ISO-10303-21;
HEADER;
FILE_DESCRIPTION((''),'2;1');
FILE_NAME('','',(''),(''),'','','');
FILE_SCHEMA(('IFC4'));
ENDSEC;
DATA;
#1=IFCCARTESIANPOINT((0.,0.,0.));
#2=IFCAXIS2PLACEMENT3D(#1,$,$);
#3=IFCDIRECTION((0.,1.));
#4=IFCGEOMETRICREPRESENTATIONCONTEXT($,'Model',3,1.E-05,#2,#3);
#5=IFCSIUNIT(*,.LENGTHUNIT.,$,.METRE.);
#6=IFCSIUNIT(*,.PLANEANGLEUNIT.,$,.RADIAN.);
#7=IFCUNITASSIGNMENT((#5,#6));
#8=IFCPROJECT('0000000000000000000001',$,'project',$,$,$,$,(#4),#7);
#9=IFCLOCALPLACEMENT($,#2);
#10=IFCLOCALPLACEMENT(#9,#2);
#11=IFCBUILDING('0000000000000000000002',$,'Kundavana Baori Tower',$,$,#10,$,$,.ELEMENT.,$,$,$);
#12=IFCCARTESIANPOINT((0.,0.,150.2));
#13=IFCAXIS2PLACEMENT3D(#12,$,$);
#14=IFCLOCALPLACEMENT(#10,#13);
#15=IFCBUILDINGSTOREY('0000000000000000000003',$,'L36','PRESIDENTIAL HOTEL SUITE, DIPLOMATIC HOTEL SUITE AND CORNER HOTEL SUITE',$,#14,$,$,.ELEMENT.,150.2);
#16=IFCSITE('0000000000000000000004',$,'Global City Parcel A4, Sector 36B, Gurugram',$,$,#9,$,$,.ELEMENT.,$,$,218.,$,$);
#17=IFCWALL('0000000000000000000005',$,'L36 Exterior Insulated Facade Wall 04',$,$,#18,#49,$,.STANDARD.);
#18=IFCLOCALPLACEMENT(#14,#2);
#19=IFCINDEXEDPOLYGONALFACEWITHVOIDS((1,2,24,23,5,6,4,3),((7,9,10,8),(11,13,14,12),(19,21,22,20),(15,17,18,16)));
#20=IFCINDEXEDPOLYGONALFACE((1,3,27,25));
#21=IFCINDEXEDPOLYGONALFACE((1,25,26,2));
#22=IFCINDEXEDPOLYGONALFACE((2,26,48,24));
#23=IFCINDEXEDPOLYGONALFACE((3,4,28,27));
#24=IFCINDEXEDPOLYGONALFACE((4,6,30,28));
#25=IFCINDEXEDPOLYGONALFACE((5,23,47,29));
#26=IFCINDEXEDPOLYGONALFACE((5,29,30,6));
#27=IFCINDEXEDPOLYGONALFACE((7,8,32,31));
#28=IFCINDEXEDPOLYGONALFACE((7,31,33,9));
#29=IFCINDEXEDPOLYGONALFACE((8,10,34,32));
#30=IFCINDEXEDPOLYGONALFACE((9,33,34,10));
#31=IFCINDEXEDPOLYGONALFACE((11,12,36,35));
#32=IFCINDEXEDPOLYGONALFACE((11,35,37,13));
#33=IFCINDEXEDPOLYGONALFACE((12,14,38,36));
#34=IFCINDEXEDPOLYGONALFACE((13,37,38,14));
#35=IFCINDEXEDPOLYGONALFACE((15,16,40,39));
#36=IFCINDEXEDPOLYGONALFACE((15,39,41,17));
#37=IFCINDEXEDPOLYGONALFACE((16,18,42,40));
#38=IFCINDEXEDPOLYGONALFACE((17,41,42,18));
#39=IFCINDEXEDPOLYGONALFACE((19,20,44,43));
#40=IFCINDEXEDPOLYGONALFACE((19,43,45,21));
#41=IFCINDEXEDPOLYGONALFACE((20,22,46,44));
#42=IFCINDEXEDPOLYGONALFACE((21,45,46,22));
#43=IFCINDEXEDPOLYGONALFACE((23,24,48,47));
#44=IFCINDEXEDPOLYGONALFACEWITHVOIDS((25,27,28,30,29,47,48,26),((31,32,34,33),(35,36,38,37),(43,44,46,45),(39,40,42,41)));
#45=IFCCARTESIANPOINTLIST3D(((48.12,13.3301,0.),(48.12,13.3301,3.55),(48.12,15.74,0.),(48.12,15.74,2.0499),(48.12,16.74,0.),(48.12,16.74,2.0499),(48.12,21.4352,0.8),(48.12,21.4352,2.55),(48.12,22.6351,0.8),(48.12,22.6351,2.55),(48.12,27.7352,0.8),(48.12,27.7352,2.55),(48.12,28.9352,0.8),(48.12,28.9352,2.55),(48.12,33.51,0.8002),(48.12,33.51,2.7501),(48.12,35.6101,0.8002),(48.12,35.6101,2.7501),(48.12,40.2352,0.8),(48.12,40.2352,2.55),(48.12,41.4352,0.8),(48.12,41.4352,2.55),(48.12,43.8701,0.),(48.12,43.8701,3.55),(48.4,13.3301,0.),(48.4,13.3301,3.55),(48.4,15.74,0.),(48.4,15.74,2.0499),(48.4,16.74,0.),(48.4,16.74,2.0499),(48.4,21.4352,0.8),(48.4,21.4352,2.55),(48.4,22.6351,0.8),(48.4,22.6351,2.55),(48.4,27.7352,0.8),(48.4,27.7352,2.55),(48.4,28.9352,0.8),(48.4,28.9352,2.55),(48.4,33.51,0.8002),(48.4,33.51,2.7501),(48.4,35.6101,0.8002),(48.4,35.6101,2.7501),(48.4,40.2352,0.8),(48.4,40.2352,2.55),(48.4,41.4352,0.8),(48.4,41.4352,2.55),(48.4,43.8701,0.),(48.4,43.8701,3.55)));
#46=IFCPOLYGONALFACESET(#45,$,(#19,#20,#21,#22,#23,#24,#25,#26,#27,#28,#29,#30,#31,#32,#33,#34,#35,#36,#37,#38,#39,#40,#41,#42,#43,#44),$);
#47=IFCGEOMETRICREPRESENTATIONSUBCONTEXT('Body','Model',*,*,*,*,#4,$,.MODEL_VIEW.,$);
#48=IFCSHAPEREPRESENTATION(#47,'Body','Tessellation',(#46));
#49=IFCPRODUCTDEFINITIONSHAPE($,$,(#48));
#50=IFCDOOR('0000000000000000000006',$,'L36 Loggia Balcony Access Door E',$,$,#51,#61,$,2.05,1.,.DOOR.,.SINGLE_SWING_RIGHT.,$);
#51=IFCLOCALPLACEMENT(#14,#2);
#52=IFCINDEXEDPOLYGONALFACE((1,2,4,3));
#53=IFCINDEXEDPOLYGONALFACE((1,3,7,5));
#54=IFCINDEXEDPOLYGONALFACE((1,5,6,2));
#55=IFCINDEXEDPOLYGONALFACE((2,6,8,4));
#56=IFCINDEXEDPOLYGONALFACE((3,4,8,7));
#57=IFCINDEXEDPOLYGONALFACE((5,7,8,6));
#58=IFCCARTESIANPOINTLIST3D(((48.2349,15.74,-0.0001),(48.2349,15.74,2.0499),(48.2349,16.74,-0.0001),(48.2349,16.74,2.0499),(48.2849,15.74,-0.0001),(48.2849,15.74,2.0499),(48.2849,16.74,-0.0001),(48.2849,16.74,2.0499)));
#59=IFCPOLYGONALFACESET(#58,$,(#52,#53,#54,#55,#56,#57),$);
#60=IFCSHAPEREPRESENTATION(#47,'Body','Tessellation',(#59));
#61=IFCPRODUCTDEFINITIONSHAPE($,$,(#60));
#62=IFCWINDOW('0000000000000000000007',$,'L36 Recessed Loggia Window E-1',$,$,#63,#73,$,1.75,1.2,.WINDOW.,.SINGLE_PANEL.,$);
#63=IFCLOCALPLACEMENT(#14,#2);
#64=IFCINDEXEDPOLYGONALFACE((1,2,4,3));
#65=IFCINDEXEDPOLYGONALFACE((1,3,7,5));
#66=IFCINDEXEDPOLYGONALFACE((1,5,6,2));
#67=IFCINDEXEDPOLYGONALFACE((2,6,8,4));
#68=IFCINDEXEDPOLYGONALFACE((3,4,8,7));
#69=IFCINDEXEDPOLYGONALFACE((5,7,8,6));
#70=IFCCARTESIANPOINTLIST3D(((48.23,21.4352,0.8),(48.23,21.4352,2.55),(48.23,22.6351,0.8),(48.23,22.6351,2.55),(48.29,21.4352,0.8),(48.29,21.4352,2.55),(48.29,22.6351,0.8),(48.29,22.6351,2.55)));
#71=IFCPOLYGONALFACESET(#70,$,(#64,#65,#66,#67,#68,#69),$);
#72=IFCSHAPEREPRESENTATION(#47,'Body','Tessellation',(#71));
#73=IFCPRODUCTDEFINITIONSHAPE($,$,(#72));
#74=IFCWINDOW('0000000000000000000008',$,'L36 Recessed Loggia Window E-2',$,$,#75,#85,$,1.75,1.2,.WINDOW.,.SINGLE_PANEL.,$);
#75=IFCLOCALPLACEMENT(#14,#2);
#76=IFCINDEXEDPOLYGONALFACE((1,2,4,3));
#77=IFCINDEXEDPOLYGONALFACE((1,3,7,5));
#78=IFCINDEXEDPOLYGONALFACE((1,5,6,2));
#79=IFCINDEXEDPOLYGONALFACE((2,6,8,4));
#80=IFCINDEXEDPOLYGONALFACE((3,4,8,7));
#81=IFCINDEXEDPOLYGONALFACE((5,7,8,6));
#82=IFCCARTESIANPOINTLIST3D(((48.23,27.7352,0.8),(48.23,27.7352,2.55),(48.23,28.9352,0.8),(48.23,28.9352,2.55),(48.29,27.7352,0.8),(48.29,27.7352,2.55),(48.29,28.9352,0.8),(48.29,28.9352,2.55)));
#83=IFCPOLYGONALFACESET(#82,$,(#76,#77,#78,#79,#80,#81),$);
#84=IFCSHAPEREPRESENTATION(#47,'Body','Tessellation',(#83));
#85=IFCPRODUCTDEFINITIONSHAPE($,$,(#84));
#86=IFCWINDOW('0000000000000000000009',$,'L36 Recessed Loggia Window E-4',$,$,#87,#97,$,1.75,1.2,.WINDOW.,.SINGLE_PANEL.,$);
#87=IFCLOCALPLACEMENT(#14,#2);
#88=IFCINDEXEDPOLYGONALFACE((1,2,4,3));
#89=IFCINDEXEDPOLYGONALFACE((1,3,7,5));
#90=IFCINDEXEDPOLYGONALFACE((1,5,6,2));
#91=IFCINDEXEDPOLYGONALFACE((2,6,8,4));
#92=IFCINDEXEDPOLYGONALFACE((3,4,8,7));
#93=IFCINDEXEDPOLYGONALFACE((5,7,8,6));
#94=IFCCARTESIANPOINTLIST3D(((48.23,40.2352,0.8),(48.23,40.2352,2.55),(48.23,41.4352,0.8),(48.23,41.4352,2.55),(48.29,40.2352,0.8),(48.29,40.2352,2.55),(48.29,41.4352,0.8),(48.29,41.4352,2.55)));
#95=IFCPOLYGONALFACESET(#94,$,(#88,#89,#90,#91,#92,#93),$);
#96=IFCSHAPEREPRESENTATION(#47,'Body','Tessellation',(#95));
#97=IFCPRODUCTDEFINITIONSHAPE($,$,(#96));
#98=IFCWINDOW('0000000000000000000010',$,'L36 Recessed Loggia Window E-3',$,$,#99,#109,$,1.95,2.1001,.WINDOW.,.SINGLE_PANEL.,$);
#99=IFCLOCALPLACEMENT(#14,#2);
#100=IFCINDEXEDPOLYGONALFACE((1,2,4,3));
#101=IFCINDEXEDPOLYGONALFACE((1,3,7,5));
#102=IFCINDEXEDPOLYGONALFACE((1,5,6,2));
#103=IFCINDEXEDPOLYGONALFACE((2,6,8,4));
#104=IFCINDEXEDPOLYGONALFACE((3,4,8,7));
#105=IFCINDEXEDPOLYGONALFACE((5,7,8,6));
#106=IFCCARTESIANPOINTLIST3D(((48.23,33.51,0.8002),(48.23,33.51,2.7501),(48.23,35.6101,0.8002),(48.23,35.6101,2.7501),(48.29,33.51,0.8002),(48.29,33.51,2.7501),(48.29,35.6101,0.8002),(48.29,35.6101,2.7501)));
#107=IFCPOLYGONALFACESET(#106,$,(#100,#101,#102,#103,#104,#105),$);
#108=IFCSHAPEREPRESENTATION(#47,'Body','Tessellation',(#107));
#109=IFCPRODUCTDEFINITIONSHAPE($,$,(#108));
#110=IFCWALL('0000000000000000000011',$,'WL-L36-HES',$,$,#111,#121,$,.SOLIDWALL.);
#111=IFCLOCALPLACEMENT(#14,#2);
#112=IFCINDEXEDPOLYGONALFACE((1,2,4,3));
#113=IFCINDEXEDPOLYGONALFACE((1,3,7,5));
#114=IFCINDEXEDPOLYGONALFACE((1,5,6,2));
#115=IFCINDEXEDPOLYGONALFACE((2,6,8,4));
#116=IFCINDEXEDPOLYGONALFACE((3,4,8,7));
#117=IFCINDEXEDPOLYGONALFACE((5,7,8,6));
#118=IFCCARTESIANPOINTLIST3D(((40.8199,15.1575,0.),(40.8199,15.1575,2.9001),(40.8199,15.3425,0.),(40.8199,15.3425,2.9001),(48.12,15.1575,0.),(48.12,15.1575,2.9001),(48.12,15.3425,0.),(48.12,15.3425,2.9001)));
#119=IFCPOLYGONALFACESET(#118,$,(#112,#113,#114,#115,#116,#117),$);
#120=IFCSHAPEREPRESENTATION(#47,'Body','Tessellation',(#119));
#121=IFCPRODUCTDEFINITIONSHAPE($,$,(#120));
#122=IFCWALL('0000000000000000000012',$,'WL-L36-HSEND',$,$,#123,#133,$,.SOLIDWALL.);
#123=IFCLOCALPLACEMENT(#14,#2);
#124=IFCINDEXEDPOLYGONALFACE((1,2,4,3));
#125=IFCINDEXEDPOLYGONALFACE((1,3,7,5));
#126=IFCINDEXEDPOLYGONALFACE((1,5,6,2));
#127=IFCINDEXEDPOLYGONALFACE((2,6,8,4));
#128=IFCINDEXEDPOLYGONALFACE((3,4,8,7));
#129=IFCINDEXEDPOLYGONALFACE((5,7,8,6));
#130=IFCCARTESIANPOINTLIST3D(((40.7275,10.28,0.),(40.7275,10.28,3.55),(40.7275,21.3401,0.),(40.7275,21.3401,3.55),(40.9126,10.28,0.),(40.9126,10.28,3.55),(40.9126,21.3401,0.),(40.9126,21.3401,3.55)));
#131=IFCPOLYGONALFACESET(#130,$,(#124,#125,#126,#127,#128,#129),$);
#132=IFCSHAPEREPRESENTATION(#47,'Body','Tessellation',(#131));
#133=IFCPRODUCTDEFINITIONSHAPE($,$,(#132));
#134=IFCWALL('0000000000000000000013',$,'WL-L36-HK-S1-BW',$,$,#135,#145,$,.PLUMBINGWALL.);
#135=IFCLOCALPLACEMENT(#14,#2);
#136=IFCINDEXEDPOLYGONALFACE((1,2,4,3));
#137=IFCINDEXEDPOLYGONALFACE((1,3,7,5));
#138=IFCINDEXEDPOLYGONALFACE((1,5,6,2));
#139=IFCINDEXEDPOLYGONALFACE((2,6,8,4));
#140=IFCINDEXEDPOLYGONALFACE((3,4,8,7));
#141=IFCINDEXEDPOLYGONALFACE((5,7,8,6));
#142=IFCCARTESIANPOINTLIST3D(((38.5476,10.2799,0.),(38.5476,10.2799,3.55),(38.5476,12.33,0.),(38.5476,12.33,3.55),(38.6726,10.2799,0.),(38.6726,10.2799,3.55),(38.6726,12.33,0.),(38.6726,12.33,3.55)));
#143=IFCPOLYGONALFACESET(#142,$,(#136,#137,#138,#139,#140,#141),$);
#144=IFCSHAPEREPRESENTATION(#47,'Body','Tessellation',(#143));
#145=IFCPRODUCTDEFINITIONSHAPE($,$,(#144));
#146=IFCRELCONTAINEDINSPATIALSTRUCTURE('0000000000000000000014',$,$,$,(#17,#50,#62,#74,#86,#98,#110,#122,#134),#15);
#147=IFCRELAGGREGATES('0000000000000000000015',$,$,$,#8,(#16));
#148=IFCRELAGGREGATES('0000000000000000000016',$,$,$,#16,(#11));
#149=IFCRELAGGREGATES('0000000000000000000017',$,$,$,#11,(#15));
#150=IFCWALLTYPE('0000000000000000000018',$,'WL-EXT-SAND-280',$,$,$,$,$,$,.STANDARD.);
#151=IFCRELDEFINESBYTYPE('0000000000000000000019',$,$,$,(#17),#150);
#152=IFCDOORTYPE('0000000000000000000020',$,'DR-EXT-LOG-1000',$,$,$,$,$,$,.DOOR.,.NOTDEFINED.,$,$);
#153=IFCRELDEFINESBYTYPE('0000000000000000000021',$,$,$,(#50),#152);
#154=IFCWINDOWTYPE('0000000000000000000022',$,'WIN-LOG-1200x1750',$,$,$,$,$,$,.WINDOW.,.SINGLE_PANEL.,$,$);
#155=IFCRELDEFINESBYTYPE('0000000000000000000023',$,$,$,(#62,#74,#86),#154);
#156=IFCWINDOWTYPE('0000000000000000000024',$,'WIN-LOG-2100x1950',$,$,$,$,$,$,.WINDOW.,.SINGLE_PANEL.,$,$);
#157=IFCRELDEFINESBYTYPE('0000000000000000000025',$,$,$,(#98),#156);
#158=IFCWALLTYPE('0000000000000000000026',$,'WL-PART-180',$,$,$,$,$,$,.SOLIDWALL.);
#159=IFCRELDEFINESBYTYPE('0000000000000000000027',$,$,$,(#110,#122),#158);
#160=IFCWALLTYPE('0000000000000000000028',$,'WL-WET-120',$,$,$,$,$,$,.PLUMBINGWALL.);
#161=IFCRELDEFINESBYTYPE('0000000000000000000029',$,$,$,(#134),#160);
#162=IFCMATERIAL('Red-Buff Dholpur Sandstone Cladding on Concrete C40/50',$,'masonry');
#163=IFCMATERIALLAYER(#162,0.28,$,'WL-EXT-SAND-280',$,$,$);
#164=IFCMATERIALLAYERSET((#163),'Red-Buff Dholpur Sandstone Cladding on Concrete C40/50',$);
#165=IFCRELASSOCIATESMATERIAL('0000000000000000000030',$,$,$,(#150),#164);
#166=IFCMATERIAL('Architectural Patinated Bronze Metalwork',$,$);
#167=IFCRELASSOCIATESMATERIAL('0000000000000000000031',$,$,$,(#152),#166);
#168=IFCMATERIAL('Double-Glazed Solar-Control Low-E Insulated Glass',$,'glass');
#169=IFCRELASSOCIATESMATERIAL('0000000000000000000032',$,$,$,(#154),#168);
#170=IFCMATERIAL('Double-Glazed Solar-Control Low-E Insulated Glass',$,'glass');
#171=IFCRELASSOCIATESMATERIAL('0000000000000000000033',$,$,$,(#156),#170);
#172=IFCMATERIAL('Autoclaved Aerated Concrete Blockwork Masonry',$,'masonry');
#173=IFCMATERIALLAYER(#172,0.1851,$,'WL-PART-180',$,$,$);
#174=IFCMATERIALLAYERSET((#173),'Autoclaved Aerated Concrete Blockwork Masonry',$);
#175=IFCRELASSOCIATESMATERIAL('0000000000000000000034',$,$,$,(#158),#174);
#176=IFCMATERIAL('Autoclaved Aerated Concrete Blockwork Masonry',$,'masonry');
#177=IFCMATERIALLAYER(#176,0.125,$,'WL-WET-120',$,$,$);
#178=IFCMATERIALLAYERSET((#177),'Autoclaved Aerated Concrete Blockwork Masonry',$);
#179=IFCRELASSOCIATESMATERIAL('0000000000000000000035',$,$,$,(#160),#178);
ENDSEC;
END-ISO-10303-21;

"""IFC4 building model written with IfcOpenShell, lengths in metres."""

from ifc_helpers import new_model, si_unit, direction, frame, frame_2d, origin, place, context, subcontext, project, spatial, rectangle, extrude, material, layer, layer_set, type_object, element, fill, save


model = new_model("IFC4")

# Units and contexts
model_context = context("Model", 3, precision=1e-05, world=origin(), true_north=direction((0.0, 1.0)))
body_context = subcontext(model_context, "Body", "Model", "MODEL_VIEW")
ifc_project = project(units=[si_unit("LENGTHUNIT", "METRE"), si_unit("PLANEANGLEUNIT", "RADIAN")], contexts=[model_context])

# Site, building, storey
site_placement = place(None, origin())
site = spatial("IfcSite", under=ifc_project, at=site_placement, Name="Global City Parcel A4, Sector 36B, Gurugram", CompositionType="ELEMENT", RefElevation=218.0)
building_placement = place(site_placement, origin())
building = spatial("IfcBuilding", under=site, at=building_placement, Name="Kundavana Baori Tower", CompositionType="ELEMENT")
storey_placement = place(building_placement, frame((0.0, 0.0, 150.2)))
storey = spatial("IfcBuildingStorey", under=building, at=storey_placement, Name="L36", Description="PRESIDENTIAL HOTEL SUITE, DIPLOMATIC HOTEL SUITE AND CORNER HOTEL SUITE", CompositionType="ELEMENT", Elevation=150.2)

# Shared definitions
ifc_material_1 = material(Name="Red-Buff Dholpur Sandstone Cladding on Concrete C40/50", Category="masonry")
ifc_layer_1 = layer(ifc_material_1, 0.28, Name="WL-EXT-SAND-280")
ifc_layer_set_1 = layer_set([ifc_layer_1], Name="Red-Buff Dholpur Sandstone Cladding on Concrete C40/50")
wall_type_1 = type_object("IfcWallType", Name="WL-EXT-SAND-280", PredefinedType="STANDARD", material=ifc_layer_set_1)

# Wall, openings, door, windows
wall_1_placement = place(storey_placement, frame((48.26, 13.3301, 0.0), z_axis=(0.0, 0.0, 1.0), x_axis=(0.0, 1.0, 0.0)))
wall_1 = element("IfcWall", 1, at=wall_1_placement, inside=storey, type_object=wall_type_1, Name="L36 Exterior Insulated Facade Wall 04", PredefinedType="STANDARD", context=body_context, shape_type="SweptSolid", body=[
    extrude(rectangle(XDim=30.54, YDim=0.28, at=frame_2d((15.27, 0.0))), origin(), (0.0, 0.0, 1.0), 3.55),
])
opening_1_placement = place(wall_1_placement, frame((2.4099, 0.0, 0.0)))
opening_1 = element("IfcOpeningElement", 2, at=opening_1_placement, cuts=wall_1, PredefinedType="OPENING", context=body_context, shape_type="SweptSolid", body=[
    extrude(rectangle(XDim=1.0, YDim=2.05, at=frame_2d((0.5, 1.0249))), frame((0.0, 0.1499, 0.0), z_axis=(0.0, -1.0, 0.0), x_axis=(1.0, 0.0, 0.0)), (0.0, 0.0, 1.0), 0.3),
])
opening_2_placement = place(wall_1_placement, frame((8.105, 0.0, 0.8)))
opening_2 = element("IfcOpeningElement", 3, at=opening_2_placement, cuts=wall_1, PredefinedType="OPENING", context=body_context, shape_type="SweptSolid", body=[
    extrude(rectangle(XDim=1.2, YDim=1.75, at=frame_2d((0.6001, 0.875))), frame((0.0, 0.1499, 0.0), z_axis=(0.0, -1.0, 0.0), x_axis=(1.0, 0.0, 0.0)), (0.0, 0.0, 1.0), 0.3),
])
opening_3_placement = place(wall_1_placement, frame((14.405, 0.0, 0.8)))
opening_3 = element("IfcOpeningElement", 4, at=opening_3_placement, cuts=wall_1, PredefinedType="OPENING", context=body_context, shape_type="SweptSolid", body=[
    extrude(rectangle(XDim=1.2, YDim=1.75, at=frame_2d((0.6001, 0.875))), frame((0.0, 0.1499, 0.0), z_axis=(0.0, -1.0, 0.0), x_axis=(1.0, 0.0, 0.0)), (0.0, 0.0, 1.0), 0.3),
])
opening_4_placement = place(wall_1_placement, frame((20.1799, 0.0, 0.8)))
opening_4 = element("IfcOpeningElement", 5, at=opening_4_placement, cuts=wall_1, PredefinedType="OPENING", context=body_context, shape_type="SweptSolid", body=[
    extrude(rectangle(XDim=2.1001, YDim=1.95, at=frame_2d((1.05, 0.9751))), frame((0.0, 0.1499, 0.0), z_axis=(0.0, -1.0, 0.0), x_axis=(1.0, 0.0, 0.0)), (0.0, 0.0, 1.0), 0.3),
])
opening_5_placement = place(wall_1_placement, frame((26.905, 0.0, 0.8)))
opening_5 = element("IfcOpeningElement", 6, at=opening_5_placement, cuts=wall_1, PredefinedType="OPENING", context=body_context, shape_type="SweptSolid", body=[
    extrude(rectangle(XDim=1.2, YDim=1.75, at=frame_2d((0.6001, 0.875))), frame((0.0, 0.1499, 0.0), z_axis=(0.0, -1.0, 0.0), x_axis=(1.0, 0.0, 0.0)), (0.0, 0.0, 1.0), 0.3),
])
ifc_material_2 = material(Name="Architectural Patinated Bronze Metalwork")
door_type_1 = type_object("IfcDoorType", Name="DR-EXT-LOG-1000", OperationType="NOTDEFINED", PredefinedType="DOOR", material=ifc_material_2)
door_1_placement = place(opening_1_placement, frame((1.0, 0.0, 0.0), z_axis=(0.0, 0.0, 1.0), x_axis=(-1.0, 0.0, 0.0)))
door_1 = element("IfcDoor", 7, at=door_1_placement, inside=storey, type_object=door_type_1, Name="L36 Loggia Balcony Access Door E", OperationType="SINGLE_SWING_RIGHT", OverallHeight=2.05, OverallWidth=1.0, PredefinedType="DOOR", context=body_context, shape_type="SweptSolid", body=[
    extrude(rectangle(XDim=1.0, YDim=2.05, at=frame_2d((0.5, 1.0249))), frame((0.0, 0.0249, 0.0), z_axis=(0.0, -1.0, 0.0), x_axis=(1.0, 0.0, 0.0)), (0.0, 0.0, 1.0), 0.05),
])
fill(opening_1, door_1)
ifc_material_3 = material(Name="Double-Glazed Solar-Control Low-E Insulated Glass", Category="glass")
window_type_1 = type_object("IfcWindowType", Name="WIN-LOG-1200x1750", PartitioningType="SINGLE_PANEL", PredefinedType="WINDOW", material=ifc_material_3)
window_1_placement = place(opening_2_placement, origin())
window_1 = element("IfcWindow", 8, at=window_1_placement, inside=storey, type_object=window_type_1, Name="L36 Recessed Loggia Window E-1", OverallHeight=1.75, OverallWidth=1.2, PartitioningType="SINGLE_PANEL", PredefinedType="WINDOW", context=body_context, shape_type="SweptSolid", body=[
    extrude(rectangle(XDim=1.2, YDim=1.75, at=frame_2d((0.6001, 0.875))), frame((0.0, 0.03, 0.0), z_axis=(0.0, -1.0, 0.0), x_axis=(1.0, 0.0, 0.0)), (0.0, 0.0, 1.0), 0.0601),
])
fill(opening_2, window_1)
window_2_placement = place(opening_3_placement, origin())
window_2 = element("IfcWindow", 9, at=window_2_placement, inside=storey, type_object=window_type_1, Name="L36 Recessed Loggia Window E-2", OverallHeight=1.75, OverallWidth=1.2, PartitioningType="SINGLE_PANEL", PredefinedType="WINDOW", context=body_context, shape_type="SweptSolid", body=[
    extrude(rectangle(XDim=1.2, YDim=1.75, at=frame_2d((0.6001, 0.875))), frame((0.0, 0.03, 0.0), z_axis=(0.0, -1.0, 0.0), x_axis=(1.0, 0.0, 0.0)), (0.0, 0.0, 1.0), 0.0601),
])
fill(opening_3, window_2)
window_3_placement = place(opening_5_placement, origin())
window_3 = element("IfcWindow", 10, at=window_3_placement, inside=storey, type_object=window_type_1, Name="L36 Recessed Loggia Window E-4", OverallHeight=1.75, OverallWidth=1.2, PartitioningType="SINGLE_PANEL", PredefinedType="WINDOW", context=body_context, shape_type="SweptSolid", body=[
    extrude(rectangle(XDim=1.2, YDim=1.75, at=frame_2d((0.6001, 0.875))), frame((0.0, 0.03, 0.0), z_axis=(0.0, -1.0, 0.0), x_axis=(1.0, 0.0, 0.0)), (0.0, 0.0, 1.0), 0.0601),
])
fill(opening_5, window_3)
ifc_material_4 = material(Name="Double-Glazed Solar-Control Low-E Insulated Glass", Category="glass")
window_type_2 = type_object("IfcWindowType", Name="WIN-LOG-2100x1950", PartitioningType="SINGLE_PANEL", PredefinedType="WINDOW", material=ifc_material_4)
window_4_placement = place(opening_4_placement, origin())
window_4 = element("IfcWindow", 11, at=window_4_placement, inside=storey, type_object=window_type_2, Name="L36 Recessed Loggia Window E-3", OverallHeight=1.95, OverallWidth=2.1001, PartitioningType="SINGLE_PANEL", PredefinedType="WINDOW", context=body_context, shape_type="SweptSolid", body=[
    extrude(rectangle(XDim=2.1001, YDim=1.95, at=frame_2d((1.05, 0.9751))), frame((0.0, 0.03, 0.0), z_axis=(0.0, -1.0, 0.0), x_axis=(1.0, 0.0, 0.0)), (0.0, 0.0, 1.0), 0.0601),
])
fill(opening_4, window_4)

# Walls
ifc_material_5 = material(Name="Autoclaved Aerated Concrete Blockwork Masonry", Category="masonry")
ifc_layer_2 = layer(ifc_material_5, 0.1851, Name="WL-PART-180")
ifc_layer_set_2 = layer_set([ifc_layer_2], Name="Autoclaved Aerated Concrete Blockwork Masonry")
wall_type_2 = type_object("IfcWallType", Name="WL-PART-180", PredefinedType="SOLIDWALL", material=ifc_layer_set_2)
wall_2_placement = place(storey_placement, frame((40.8201, 15.25, 0.0), z_axis=(0.0, 0.0, 1.0), x_axis=(1.0, 0.0, 0.0)))
element("IfcWall", 12, at=wall_2_placement, inside=storey, type_object=wall_type_2, Name="WL-L36-HES", PredefinedType="SOLIDWALL", context=body_context, shape_type="SweptSolid", body=[
    extrude(rectangle(XDim=7.3, YDim=0.1851, at=frame_2d((3.6499, 0.0))), origin(), (0.0, 0.0, 1.0), 2.9001),
])
wall_3_placement = place(storey_placement, frame((40.8201, 10.28, 0.0), z_axis=(0.0, 0.0, 1.0), x_axis=(0.0, 1.0, 0.0)))
element("IfcWall", 13, at=wall_3_placement, inside=storey, type_object=wall_type_2, Name="WL-L36-HSEND", PredefinedType="SOLIDWALL", context=body_context, shape_type="SweptSolid", body=[
    extrude(rectangle(XDim=11.0601, YDim=0.1851, at=frame_2d((5.53, 0.0))), origin(), (0.0, 0.0, 1.0), 3.55),
])
ifc_material_6 = material(Name="Autoclaved Aerated Concrete Blockwork Masonry", Category="masonry")
ifc_layer_3 = layer(ifc_material_6, 0.125, Name="WL-WET-120")
ifc_layer_set_3 = layer_set([ifc_layer_3], Name="Autoclaved Aerated Concrete Blockwork Masonry")
wall_type_3 = type_object("IfcWallType", Name="WL-WET-120", PredefinedType="PLUMBINGWALL", material=ifc_layer_set_3)
wall_4_placement = place(storey_placement, frame((38.6101, 10.28, 0.0), z_axis=(0.0, 0.0, 1.0), x_axis=(0.0, 1.0, 0.0)))
element("IfcWall", 14, at=wall_4_placement, inside=storey, type_object=wall_type_3, Name="WL-L36-HK-S1-BW", PredefinedType="PLUMBINGWALL", context=body_context, shape_type="SweptSolid", body=[
    extrude(rectangle(XDim=2.05, YDim=0.125, at=frame_2d((1.0249, 0.0))), origin(), (0.0, 0.0, 1.0), 3.55),
])

save(model, "model.ifc")
